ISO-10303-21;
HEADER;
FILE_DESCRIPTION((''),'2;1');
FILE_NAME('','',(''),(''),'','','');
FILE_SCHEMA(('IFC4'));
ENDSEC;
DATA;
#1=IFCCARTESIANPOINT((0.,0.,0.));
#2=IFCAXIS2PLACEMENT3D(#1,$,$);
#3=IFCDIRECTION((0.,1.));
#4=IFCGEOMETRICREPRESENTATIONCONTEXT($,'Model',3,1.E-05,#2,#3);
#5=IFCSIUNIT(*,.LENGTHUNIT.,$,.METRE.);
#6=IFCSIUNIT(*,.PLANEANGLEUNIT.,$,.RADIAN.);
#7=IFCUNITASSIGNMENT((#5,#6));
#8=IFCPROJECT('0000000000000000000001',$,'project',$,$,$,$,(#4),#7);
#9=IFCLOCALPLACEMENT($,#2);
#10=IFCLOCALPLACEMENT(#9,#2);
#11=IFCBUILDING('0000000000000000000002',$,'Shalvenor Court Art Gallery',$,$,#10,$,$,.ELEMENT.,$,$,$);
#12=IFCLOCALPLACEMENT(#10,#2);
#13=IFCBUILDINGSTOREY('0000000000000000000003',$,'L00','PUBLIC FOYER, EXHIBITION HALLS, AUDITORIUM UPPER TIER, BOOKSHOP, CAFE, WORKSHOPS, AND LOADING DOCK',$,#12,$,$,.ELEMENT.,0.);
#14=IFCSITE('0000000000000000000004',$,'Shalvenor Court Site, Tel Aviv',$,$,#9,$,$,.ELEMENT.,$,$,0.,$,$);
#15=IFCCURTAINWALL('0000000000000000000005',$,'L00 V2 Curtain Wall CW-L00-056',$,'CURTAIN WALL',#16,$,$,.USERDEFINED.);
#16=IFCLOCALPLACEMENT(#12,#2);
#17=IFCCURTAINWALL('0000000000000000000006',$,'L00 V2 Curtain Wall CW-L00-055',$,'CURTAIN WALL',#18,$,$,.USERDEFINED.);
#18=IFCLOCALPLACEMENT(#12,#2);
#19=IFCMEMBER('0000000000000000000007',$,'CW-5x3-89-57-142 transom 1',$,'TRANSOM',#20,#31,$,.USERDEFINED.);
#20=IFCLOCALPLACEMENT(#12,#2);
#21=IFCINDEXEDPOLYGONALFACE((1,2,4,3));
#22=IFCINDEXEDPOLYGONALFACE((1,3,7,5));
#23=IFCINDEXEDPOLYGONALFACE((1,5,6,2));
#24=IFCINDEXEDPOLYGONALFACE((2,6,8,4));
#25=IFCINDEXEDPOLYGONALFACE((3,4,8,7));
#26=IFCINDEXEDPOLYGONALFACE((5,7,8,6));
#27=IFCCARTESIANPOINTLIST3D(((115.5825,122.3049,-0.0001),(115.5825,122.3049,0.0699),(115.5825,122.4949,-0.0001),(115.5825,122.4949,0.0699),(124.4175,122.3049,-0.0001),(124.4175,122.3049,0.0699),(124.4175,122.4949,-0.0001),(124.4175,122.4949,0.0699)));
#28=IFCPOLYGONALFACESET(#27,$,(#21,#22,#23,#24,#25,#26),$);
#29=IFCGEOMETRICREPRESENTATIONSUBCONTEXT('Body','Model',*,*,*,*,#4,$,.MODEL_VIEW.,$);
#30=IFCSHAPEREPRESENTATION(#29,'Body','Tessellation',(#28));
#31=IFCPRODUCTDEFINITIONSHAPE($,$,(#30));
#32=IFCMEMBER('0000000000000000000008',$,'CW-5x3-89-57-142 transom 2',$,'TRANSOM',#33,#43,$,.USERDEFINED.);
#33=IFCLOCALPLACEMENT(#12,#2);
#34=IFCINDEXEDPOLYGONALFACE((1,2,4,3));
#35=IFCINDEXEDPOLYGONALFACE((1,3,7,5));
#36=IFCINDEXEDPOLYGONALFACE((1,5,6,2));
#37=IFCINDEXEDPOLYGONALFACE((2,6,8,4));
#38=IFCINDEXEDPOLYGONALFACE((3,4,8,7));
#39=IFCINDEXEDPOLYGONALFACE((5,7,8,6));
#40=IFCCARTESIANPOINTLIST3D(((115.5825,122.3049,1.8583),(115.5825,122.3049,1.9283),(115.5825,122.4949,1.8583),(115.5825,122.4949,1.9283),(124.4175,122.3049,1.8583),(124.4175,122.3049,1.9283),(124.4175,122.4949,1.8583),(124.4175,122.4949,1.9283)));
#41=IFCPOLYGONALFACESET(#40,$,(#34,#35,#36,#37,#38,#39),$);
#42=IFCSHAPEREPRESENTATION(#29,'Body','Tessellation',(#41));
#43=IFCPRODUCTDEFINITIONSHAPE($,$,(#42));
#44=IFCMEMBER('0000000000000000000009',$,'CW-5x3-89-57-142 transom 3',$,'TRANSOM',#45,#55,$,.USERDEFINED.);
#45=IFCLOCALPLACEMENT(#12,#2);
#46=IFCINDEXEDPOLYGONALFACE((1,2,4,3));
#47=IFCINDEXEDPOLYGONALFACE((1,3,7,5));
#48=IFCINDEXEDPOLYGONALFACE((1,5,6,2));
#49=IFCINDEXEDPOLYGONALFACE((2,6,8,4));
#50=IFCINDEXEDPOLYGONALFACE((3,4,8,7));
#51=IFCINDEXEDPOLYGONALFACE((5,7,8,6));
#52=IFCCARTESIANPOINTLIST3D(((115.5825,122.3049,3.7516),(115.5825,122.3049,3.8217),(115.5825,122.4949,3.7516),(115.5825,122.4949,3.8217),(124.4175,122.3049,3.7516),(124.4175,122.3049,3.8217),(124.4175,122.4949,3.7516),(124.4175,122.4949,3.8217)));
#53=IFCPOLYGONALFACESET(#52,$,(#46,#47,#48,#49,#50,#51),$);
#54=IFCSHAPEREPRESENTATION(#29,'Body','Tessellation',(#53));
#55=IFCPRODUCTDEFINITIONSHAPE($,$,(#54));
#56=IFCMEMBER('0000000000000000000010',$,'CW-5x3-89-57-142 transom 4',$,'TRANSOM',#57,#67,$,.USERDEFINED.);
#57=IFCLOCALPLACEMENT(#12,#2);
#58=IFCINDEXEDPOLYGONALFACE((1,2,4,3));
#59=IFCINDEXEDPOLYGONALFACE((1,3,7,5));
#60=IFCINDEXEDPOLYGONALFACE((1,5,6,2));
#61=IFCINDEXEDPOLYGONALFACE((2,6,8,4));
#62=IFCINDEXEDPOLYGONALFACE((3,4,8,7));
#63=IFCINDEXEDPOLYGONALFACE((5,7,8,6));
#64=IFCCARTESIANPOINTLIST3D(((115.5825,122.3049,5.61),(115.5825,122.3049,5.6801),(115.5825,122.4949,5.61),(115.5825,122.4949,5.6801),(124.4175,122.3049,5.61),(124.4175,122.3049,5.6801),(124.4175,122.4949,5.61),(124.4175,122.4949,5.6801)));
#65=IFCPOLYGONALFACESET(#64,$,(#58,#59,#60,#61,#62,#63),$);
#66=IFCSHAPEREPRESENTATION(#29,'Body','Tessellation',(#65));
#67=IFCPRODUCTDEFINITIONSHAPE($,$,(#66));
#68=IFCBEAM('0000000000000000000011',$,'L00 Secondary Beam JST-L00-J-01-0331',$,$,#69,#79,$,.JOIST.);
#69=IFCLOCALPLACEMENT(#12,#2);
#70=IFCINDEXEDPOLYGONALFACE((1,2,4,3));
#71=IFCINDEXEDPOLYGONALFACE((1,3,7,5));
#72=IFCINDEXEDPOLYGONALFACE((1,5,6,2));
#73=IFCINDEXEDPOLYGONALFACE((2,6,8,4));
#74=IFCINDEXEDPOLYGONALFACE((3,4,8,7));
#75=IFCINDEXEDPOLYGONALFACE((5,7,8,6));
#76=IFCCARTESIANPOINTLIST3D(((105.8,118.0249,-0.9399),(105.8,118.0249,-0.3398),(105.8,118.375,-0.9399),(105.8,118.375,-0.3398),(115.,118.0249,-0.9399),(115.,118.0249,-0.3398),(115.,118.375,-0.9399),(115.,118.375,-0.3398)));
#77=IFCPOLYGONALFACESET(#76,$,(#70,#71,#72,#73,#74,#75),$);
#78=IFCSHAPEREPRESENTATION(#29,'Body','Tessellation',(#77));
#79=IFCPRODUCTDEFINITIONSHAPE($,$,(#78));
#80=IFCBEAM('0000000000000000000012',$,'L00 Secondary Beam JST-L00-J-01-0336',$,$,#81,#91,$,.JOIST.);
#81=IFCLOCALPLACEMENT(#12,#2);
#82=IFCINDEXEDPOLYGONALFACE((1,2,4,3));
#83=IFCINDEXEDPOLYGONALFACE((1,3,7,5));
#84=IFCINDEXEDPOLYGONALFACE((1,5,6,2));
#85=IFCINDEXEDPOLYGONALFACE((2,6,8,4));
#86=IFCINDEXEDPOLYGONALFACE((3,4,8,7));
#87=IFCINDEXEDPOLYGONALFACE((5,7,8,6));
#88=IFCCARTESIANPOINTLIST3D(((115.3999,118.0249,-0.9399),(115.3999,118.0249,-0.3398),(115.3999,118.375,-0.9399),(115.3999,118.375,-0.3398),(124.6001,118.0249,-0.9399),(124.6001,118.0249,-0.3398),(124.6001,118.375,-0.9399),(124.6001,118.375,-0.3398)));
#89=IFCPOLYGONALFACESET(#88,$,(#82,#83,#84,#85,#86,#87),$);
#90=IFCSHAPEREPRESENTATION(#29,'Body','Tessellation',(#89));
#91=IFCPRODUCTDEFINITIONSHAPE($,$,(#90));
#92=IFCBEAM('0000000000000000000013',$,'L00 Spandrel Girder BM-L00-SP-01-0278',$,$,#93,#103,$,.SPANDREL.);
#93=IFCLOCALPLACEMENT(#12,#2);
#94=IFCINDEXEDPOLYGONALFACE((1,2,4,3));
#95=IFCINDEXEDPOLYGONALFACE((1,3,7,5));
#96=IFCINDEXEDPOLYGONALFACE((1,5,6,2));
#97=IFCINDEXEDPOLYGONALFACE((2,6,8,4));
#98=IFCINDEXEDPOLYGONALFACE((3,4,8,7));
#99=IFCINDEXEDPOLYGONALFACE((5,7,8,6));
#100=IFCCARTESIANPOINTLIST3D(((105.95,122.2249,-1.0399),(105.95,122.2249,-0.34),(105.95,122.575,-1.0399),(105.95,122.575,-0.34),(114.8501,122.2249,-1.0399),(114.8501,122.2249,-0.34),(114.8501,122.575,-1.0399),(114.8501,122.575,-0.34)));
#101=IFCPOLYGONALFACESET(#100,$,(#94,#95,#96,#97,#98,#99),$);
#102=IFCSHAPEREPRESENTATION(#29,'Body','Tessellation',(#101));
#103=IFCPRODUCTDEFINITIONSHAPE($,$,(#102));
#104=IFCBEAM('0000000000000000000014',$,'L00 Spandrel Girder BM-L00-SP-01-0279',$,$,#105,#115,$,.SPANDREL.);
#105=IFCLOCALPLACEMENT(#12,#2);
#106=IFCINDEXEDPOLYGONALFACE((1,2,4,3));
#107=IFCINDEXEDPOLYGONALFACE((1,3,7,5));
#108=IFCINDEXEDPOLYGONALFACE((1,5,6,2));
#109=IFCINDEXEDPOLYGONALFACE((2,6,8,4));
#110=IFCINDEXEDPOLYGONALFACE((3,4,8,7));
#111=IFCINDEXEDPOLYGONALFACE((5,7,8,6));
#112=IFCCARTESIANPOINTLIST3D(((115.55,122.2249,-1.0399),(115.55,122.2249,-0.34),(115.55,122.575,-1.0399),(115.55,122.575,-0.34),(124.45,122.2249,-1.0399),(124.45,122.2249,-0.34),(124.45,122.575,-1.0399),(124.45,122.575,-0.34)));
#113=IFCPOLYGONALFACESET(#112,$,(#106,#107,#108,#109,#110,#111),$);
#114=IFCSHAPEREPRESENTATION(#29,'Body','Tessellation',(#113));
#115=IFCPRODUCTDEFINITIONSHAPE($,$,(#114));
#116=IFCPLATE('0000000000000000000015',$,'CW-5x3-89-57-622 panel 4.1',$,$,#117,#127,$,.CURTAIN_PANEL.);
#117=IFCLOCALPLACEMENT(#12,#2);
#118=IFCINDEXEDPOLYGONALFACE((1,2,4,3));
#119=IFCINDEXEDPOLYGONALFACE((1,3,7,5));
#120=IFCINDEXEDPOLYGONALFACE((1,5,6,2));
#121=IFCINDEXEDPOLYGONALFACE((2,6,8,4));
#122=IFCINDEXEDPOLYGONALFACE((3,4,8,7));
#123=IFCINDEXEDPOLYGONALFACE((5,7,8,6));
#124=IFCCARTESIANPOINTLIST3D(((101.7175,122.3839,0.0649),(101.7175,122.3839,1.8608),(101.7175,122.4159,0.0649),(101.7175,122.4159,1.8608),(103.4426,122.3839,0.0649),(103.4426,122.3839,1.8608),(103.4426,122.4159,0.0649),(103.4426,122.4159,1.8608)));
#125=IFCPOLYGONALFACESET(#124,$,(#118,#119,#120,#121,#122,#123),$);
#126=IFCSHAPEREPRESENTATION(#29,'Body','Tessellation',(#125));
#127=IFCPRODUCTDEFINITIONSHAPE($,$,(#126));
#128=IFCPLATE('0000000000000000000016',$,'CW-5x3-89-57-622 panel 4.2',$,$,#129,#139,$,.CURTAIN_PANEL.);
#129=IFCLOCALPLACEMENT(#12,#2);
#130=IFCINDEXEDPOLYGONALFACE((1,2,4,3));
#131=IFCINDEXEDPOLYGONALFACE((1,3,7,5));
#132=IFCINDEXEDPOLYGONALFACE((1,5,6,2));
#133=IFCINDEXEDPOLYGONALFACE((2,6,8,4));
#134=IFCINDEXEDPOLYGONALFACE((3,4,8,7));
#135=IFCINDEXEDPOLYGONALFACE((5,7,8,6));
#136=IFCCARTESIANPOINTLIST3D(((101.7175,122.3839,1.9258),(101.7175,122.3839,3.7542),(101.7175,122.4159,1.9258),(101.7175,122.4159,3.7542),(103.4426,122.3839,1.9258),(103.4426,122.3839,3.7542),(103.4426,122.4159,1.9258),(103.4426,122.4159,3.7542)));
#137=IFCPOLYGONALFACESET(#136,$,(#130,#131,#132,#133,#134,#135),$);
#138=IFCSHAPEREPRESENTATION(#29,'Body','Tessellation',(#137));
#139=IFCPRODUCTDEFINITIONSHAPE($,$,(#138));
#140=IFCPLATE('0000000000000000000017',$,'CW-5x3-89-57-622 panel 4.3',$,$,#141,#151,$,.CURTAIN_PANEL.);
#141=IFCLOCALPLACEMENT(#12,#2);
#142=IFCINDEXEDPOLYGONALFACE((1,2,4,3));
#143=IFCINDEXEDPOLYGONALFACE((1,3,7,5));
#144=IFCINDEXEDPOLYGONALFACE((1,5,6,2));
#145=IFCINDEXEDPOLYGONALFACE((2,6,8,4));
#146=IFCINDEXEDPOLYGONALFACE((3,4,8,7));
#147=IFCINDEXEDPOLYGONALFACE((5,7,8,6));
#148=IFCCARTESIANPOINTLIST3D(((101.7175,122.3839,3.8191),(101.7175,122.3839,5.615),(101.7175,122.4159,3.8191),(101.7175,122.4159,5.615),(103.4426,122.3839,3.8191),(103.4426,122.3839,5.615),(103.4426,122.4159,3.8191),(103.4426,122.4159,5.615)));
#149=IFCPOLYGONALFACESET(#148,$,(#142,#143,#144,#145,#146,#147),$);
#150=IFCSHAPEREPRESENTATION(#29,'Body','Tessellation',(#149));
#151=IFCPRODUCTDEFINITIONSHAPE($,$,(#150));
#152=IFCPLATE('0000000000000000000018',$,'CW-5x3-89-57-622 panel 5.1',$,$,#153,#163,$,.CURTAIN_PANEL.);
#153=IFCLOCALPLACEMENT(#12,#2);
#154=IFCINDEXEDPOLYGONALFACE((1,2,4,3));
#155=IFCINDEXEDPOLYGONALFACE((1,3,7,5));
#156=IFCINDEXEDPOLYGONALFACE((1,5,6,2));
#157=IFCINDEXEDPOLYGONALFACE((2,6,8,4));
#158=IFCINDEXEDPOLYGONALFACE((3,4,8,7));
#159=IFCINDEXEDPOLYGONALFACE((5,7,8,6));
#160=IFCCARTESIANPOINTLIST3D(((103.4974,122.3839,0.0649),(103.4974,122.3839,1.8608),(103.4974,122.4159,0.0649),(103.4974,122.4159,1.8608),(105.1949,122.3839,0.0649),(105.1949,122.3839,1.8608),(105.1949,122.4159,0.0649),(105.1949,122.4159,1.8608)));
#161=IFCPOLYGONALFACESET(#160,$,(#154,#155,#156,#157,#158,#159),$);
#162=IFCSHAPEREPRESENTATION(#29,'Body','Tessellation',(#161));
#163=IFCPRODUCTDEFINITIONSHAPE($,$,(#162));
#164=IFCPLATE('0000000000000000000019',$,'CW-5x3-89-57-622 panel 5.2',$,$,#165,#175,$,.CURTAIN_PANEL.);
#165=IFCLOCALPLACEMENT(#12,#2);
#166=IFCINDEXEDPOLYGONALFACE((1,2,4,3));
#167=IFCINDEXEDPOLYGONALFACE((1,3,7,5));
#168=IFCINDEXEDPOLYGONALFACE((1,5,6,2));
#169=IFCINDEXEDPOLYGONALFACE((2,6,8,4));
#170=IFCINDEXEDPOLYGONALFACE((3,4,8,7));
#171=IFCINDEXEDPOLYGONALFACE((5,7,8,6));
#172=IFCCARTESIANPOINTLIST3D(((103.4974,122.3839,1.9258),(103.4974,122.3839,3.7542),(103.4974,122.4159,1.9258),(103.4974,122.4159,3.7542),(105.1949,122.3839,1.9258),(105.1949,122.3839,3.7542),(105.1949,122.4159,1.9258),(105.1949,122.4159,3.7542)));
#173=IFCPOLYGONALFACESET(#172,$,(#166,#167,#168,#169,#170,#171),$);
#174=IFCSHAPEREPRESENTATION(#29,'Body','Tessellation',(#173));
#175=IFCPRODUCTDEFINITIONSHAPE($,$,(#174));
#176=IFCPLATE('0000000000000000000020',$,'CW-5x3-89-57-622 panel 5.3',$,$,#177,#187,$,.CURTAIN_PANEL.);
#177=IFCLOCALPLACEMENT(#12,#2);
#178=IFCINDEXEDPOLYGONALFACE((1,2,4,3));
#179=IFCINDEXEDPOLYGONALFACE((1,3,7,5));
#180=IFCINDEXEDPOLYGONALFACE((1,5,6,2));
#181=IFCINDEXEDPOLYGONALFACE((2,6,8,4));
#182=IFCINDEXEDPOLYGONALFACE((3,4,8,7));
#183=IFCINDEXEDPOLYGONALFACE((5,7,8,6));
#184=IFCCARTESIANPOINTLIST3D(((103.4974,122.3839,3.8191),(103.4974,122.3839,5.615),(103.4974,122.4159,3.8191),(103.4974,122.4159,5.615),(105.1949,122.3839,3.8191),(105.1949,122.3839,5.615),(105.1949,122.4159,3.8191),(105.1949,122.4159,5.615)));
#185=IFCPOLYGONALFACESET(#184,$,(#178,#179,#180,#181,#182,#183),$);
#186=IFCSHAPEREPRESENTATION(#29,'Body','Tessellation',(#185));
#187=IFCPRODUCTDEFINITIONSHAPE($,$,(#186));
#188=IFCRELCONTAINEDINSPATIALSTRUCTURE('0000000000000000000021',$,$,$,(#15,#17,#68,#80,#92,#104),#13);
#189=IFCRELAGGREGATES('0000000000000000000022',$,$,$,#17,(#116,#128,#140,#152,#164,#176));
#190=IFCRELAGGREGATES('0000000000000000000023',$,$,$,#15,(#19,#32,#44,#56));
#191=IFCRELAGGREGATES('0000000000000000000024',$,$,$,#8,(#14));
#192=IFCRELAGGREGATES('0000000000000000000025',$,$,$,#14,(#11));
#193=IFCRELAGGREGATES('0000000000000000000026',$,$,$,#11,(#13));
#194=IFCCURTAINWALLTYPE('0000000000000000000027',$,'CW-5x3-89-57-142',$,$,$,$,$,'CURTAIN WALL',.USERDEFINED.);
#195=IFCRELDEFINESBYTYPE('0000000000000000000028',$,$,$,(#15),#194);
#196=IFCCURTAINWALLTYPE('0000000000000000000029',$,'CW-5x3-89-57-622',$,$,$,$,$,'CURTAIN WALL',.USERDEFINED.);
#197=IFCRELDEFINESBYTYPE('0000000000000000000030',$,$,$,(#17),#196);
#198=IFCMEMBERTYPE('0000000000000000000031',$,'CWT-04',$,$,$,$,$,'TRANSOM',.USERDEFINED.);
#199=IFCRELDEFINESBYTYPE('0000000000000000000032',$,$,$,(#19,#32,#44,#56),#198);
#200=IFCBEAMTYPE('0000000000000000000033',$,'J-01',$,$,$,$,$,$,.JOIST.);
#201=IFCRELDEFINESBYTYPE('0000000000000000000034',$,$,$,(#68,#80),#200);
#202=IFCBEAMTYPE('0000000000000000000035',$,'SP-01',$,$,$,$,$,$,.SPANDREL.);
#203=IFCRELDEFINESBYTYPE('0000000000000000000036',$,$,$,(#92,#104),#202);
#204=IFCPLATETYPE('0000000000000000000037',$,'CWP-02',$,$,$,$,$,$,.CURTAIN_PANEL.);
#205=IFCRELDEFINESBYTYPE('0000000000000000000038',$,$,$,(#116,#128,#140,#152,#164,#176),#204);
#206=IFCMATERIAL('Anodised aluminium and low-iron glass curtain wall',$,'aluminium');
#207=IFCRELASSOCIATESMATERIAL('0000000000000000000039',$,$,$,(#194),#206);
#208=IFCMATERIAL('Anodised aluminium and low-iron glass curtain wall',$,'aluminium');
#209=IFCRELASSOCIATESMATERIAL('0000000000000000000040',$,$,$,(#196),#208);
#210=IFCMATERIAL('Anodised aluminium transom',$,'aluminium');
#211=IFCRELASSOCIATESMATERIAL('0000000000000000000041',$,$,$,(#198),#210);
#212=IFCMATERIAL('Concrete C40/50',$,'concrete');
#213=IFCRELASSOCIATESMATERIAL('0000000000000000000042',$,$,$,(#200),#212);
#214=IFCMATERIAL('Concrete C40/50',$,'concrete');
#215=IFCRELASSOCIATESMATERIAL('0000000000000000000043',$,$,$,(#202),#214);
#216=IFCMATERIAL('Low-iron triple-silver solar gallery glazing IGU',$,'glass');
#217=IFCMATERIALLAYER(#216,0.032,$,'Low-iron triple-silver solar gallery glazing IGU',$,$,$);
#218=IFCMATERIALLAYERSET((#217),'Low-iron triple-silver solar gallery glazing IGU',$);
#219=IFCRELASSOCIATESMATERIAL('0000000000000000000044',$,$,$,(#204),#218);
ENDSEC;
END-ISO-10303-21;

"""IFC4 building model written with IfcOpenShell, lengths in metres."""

from ifc_helpers import new_model, si_unit, direction, frame, origin, origin_2d, place, context, subcontext, project, spatial, rectangle, extrude, material, layer, layer_set, material_profile, profile_set, type_object, element, aggregate, save


model = new_model("IFC4")

# Units and contexts
model_context = context("Model", 3, precision=1e-05, world=origin(), true_north=direction((0.0, 1.0)))
body_context = subcontext(model_context, "Body", "Model", "MODEL_VIEW")
ifc_project = project(units=[si_unit("LENGTHUNIT", "METRE"), si_unit("PLANEANGLEUNIT", "RADIAN")], contexts=[model_context])

# Site, building, storey
site_placement = place(None, origin())
site = spatial("IfcSite", under=ifc_project, at=site_placement, Name="Shalvenor Court Site, Tel Aviv", CompositionType="ELEMENT", RefElevation=0.0)
building_placement = place(site_placement, origin())
building = spatial("IfcBuilding", under=site, at=building_placement, Name="Shalvenor Court Art Gallery", CompositionType="ELEMENT")
storey_placement = place(building_placement, origin())
storey = spatial("IfcBuildingStorey", under=building, at=storey_placement, Name="L00", Description="PUBLIC FOYER, EXHIBITION HALLS, AUDITORIUM UPPER TIER, BOOKSHOP, CAFE, WORKSHOPS, AND LOADING DOCK", CompositionType="ELEMENT", Elevation=0.0)

# Curtain wall
ifc_material_1 = material(Name="Anodised aluminium and low-iron glass curtain wall", Category="aluminium")
curtain_wall_type_1 = type_object("IfcCurtainWallType", Name="CW-5x3-89-57-142", ElementType="CURTAIN WALL", PredefinedType="USERDEFINED", material=ifc_material_1)
curtain_wall_1_placement = place(storey_placement, origin())
curtain_wall_1 = element("IfcCurtainWall", 1, at=curtain_wall_1_placement, inside=storey, type_object=curtain_wall_type_1, Name="L00 V2 Curtain Wall CW-L00-056", ObjectType="CURTAIN WALL", PredefinedType="USERDEFINED")

# Curtain wall
ifc_material_2 = material(Name="Anodised aluminium and low-iron glass curtain wall", Category="aluminium")
curtain_wall_type_2 = type_object("IfcCurtainWallType", Name="CW-5x3-89-57-622", ElementType="CURTAIN WALL", PredefinedType="USERDEFINED", material=ifc_material_2)
curtain_wall_2_placement = place(storey_placement, origin())
curtain_wall_2 = element("IfcCurtainWall", 2, at=curtain_wall_2_placement, inside=storey, type_object=curtain_wall_type_2, Name="L00 V2 Curtain Wall CW-L00-055", ObjectType="CURTAIN WALL", PredefinedType="USERDEFINED")

# Members
ifc_material_3 = material(Name="Anodised aluminium transom", Category="aluminium")
ifc_material_profile_1 = material_profile(ifc_material_3, rectangle(XDim=0.1899, YDim=0.0701, at=origin_2d()), Name="CWT-04")
ifc_profile_set_1 = profile_set([ifc_material_profile_1], Name="Anodised aluminium transom")
member_type_1 = type_object("IfcMemberType", Name="CWT-04", ElementType="TRANSOM", PredefinedType="USERDEFINED", material=ifc_profile_set_1)
member_1_placement = place(storey_placement, frame((115.5825, 122.3999, 0.0349), z_axis=(1.0, 0.0, 0.0), x_axis=(0.0, 1.0, 0.0)))
member_1 = element("IfcMember", 3, at=member_1_placement, type_object=member_type_1, Name="CW-5x3-89-57-142 transom 1", ObjectType="TRANSOM", PredefinedType="USERDEFINED", context=body_context, shape_type="SweptSolid", body=[
    extrude(rectangle(XDim=0.1899, YDim=0.0701, at=origin_2d()), origin(), (0.0, 0.0, 1.0), 8.835),
])
member_2_placement = place(storey_placement, frame((115.5825, 122.3999, 1.8933), z_axis=(1.0, 0.0, 0.0), x_axis=(0.0, 1.0, 0.0)))
member_2 = element("IfcMember", 4, at=member_2_placement, type_object=member_type_1, Name="CW-5x3-89-57-142 transom 2", ObjectType="TRANSOM", PredefinedType="USERDEFINED", context=body_context, shape_type="SweptSolid", body=[
    extrude(rectangle(XDim=0.1899, YDim=0.0701, at=origin_2d()), origin(), (0.0, 0.0, 1.0), 8.835),
])
member_3_placement = place(storey_placement, frame((115.5825, 122.3999, 3.7866), z_axis=(1.0, 0.0, 0.0), x_axis=(0.0, 1.0, 0.0)))
member_3 = element("IfcMember", 5, at=member_3_placement, type_object=member_type_1, Name="CW-5x3-89-57-142 transom 3", ObjectType="TRANSOM", PredefinedType="USERDEFINED", context=body_context, shape_type="SweptSolid", body=[
    extrude(rectangle(XDim=0.1899, YDim=0.0701, at=origin_2d()), origin(), (0.0, 0.0, 1.0), 8.835),
])
member_4_placement = place(storey_placement, frame((115.5825, 122.3999, 5.645), z_axis=(1.0, 0.0, 0.0), x_axis=(0.0, 1.0, 0.0)))
member_4 = element("IfcMember", 6, at=member_4_placement, type_object=member_type_1, Name="CW-5x3-89-57-142 transom 4", ObjectType="TRANSOM", PredefinedType="USERDEFINED", context=body_context, shape_type="SweptSolid", body=[
    extrude(rectangle(XDim=0.1899, YDim=0.0701, at=origin_2d()), origin(), (0.0, 0.0, 1.0), 8.835),
])

# Beams
ifc_material_4 = material(Name="Concrete C40/50", Category="concrete")
ifc_material_profile_2 = material_profile(ifc_material_4, rectangle(XDim=0.3501, YDim=0.6001, at=origin_2d()), Name="RC 350x600")
ifc_profile_set_2 = profile_set([ifc_material_profile_2], Name="Concrete C40/50")
beam_type_1 = type_object("IfcBeamType", Name="J-01", PredefinedType="JOIST", material=ifc_profile_set_2)
beam_1_placement = place(storey_placement, frame((105.8, 118.2, -0.6399), z_axis=(1.0, 0.0, 0.0), x_axis=(0.0, 1.0, 0.0)))
element("IfcBeam", 7, at=beam_1_placement, inside=storey, type_object=beam_type_1, Name="L00 Secondary Beam JST-L00-J-01-0331", PredefinedType="JOIST", context=body_context, shape_type="SweptSolid", body=[
    extrude(rectangle(XDim=0.3501, YDim=0.6001, at=origin_2d()), origin(), (0.0, 0.0, 1.0), 9.2),
])
beam_2_placement = place(storey_placement, frame((115.3999, 118.2, -0.6399), z_axis=(1.0, 0.0, 0.0), x_axis=(0.0, 1.0, 0.0)))
element("IfcBeam", 8, at=beam_2_placement, inside=storey, type_object=beam_type_1, Name="L00 Secondary Beam JST-L00-J-01-0336", PredefinedType="JOIST", context=body_context, shape_type="SweptSolid", body=[
    extrude(rectangle(XDim=0.3501, YDim=0.6001, at=origin_2d()), origin(), (0.0, 0.0, 1.0), 9.2002),
])
ifc_material_5 = material(Name="Concrete C40/50", Category="concrete")
ifc_material_profile_3 = material_profile(ifc_material_5, rectangle(XDim=0.3501, YDim=0.7, at=origin_2d()), Name="RC 350x700")
ifc_profile_set_3 = profile_set([ifc_material_profile_3], Name="Concrete C40/50")
beam_type_2 = type_object("IfcBeamType", Name="SP-01", PredefinedType="SPANDREL", material=ifc_profile_set_3)
beam_3_placement = place(storey_placement, frame((105.95, 122.3999, -0.6899), z_axis=(1.0, 0.0, 0.0), x_axis=(0.0, 1.0, 0.0)))
element("IfcBeam", 9, at=beam_3_placement, inside=storey, type_object=beam_type_2, Name="L00 Spandrel Girder BM-L00-SP-01-0278", PredefinedType="SPANDREL", context=body_context, shape_type="SweptSolid", body=[
    extrude(rectangle(XDim=0.3501, YDim=0.7, at=origin_2d()), origin(), (0.0, 0.0, 1.0), 8.9001),
])
beam_4_placement = place(storey_placement, frame((115.55, 122.3999, -0.6899), z_axis=(1.0, 0.0, 0.0), x_axis=(0.0, 1.0, 0.0)))
element("IfcBeam", 10, at=beam_4_placement, inside=storey, type_object=beam_type_2, Name="L00 Spandrel Girder BM-L00-SP-01-0279", PredefinedType="SPANDREL", context=body_context, shape_type="SweptSolid", body=[
    extrude(rectangle(XDim=0.3501, YDim=0.7, at=origin_2d()), origin(), (0.0, 0.0, 1.0), 8.8999),
])

# Plates
ifc_material_6 = material(Name="Low-iron triple-silver solar gallery glazing IGU", Category="glass")
ifc_layer_1 = layer(ifc_material_6, 0.032, Name="Low-iron triple-silver solar gallery glazing IGU")
ifc_layer_set_1 = layer_set([ifc_layer_1], Name="Low-iron triple-silver solar gallery glazing IGU")
plate_type = type_object("IfcPlateType", Name="CWP-02", PredefinedType="CURTAIN_PANEL", material=ifc_layer_set_1)
plate_1_placement = place(storey_placement, frame((102.5801, 122.3999, 0.0649), z_axis=(0.0, 0.0, 1.0), x_axis=(1.0, 0.0, 0.0)))
plate_1 = element("IfcPlate", 11, at=plate_1_placement, type_object=plate_type, Name="CW-5x3-89-57-622 panel 4.1", PredefinedType="CURTAIN_PANEL", context=body_context, shape_type="SweptSolid", body=[
    extrude(rectangle(XDim=1.7251, YDim=0.032, at=origin_2d()), origin(), (0.0, 0.0, 1.0), 1.7959),
])
plate_2_placement = place(storey_placement, frame((102.5801, 122.3999, 1.9258), z_axis=(0.0, 0.0, 1.0), x_axis=(1.0, 0.0, 0.0)))
plate_2 = element("IfcPlate", 12, at=plate_2_placement, type_object=plate_type, Name="CW-5x3-89-57-622 panel 4.2", PredefinedType="CURTAIN_PANEL", context=body_context, shape_type="SweptSolid", body=[
    extrude(rectangle(XDim=1.7251, YDim=0.032, at=origin_2d()), origin(), (0.0, 0.0, 1.0), 1.8284),
])
plate_3_placement = place(storey_placement, frame((102.5801, 122.3999, 3.8191), z_axis=(0.0, 0.0, 1.0), x_axis=(1.0, 0.0, 0.0)))
plate_3 = element("IfcPlate", 13, at=plate_3_placement, type_object=plate_type, Name="CW-5x3-89-57-622 panel 4.3", PredefinedType="CURTAIN_PANEL", context=body_context, shape_type="SweptSolid", body=[
    extrude(rectangle(XDim=1.7251, YDim=0.032, at=origin_2d()), origin(), (0.0, 0.0, 1.0), 1.7959),
])
plate_4_placement = place(storey_placement, frame((104.3462, 122.3999, 0.0649), z_axis=(0.0, 0.0, 1.0), x_axis=(1.0, 0.0, 0.0)))
plate_4 = element("IfcPlate", 14, at=plate_4_placement, type_object=plate_type, Name="CW-5x3-89-57-622 panel 5.1", PredefinedType="CURTAIN_PANEL", context=body_context, shape_type="SweptSolid", body=[
    extrude(rectangle(XDim=1.6975, YDim=0.032, at=origin_2d()), origin(), (0.0, 0.0, 1.0), 1.7959),
])
plate_5_placement = place(storey_placement, frame((104.3462, 122.3999, 1.9258), z_axis=(0.0, 0.0, 1.0), x_axis=(1.0, 0.0, 0.0)))
plate_5 = element("IfcPlate", 15, at=plate_5_placement, type_object=plate_type, Name="CW-5x3-89-57-622 panel 5.2", PredefinedType="CURTAIN_PANEL", context=body_context, shape_type="SweptSolid", body=[
    extrude(rectangle(XDim=1.6975, YDim=0.032, at=origin_2d()), origin(), (0.0, 0.0, 1.0), 1.8284),
])
plate_6_placement = place(storey_placement, frame((104.3462, 122.3999, 3.8191), z_axis=(0.0, 0.0, 1.0), x_axis=(1.0, 0.0, 0.0)))
plate_6 = element("IfcPlate", 16, at=plate_6_placement, type_object=plate_type, Name="CW-5x3-89-57-622 panel 5.3", PredefinedType="CURTAIN_PANEL", context=body_context, shape_type="SweptSolid", body=[
    extrude(rectangle(XDim=1.6975, YDim=0.032, at=origin_2d()), origin(), (0.0, 0.0, 1.0), 1.7959),
])
aggregate(curtain_wall_2, [plate_1, plate_2, plate_3, plate_4, plate_5, plate_6])
aggregate(curtain_wall_1, [member_1, member_2, member_3, member_4])

save(model, "model.ifc")
